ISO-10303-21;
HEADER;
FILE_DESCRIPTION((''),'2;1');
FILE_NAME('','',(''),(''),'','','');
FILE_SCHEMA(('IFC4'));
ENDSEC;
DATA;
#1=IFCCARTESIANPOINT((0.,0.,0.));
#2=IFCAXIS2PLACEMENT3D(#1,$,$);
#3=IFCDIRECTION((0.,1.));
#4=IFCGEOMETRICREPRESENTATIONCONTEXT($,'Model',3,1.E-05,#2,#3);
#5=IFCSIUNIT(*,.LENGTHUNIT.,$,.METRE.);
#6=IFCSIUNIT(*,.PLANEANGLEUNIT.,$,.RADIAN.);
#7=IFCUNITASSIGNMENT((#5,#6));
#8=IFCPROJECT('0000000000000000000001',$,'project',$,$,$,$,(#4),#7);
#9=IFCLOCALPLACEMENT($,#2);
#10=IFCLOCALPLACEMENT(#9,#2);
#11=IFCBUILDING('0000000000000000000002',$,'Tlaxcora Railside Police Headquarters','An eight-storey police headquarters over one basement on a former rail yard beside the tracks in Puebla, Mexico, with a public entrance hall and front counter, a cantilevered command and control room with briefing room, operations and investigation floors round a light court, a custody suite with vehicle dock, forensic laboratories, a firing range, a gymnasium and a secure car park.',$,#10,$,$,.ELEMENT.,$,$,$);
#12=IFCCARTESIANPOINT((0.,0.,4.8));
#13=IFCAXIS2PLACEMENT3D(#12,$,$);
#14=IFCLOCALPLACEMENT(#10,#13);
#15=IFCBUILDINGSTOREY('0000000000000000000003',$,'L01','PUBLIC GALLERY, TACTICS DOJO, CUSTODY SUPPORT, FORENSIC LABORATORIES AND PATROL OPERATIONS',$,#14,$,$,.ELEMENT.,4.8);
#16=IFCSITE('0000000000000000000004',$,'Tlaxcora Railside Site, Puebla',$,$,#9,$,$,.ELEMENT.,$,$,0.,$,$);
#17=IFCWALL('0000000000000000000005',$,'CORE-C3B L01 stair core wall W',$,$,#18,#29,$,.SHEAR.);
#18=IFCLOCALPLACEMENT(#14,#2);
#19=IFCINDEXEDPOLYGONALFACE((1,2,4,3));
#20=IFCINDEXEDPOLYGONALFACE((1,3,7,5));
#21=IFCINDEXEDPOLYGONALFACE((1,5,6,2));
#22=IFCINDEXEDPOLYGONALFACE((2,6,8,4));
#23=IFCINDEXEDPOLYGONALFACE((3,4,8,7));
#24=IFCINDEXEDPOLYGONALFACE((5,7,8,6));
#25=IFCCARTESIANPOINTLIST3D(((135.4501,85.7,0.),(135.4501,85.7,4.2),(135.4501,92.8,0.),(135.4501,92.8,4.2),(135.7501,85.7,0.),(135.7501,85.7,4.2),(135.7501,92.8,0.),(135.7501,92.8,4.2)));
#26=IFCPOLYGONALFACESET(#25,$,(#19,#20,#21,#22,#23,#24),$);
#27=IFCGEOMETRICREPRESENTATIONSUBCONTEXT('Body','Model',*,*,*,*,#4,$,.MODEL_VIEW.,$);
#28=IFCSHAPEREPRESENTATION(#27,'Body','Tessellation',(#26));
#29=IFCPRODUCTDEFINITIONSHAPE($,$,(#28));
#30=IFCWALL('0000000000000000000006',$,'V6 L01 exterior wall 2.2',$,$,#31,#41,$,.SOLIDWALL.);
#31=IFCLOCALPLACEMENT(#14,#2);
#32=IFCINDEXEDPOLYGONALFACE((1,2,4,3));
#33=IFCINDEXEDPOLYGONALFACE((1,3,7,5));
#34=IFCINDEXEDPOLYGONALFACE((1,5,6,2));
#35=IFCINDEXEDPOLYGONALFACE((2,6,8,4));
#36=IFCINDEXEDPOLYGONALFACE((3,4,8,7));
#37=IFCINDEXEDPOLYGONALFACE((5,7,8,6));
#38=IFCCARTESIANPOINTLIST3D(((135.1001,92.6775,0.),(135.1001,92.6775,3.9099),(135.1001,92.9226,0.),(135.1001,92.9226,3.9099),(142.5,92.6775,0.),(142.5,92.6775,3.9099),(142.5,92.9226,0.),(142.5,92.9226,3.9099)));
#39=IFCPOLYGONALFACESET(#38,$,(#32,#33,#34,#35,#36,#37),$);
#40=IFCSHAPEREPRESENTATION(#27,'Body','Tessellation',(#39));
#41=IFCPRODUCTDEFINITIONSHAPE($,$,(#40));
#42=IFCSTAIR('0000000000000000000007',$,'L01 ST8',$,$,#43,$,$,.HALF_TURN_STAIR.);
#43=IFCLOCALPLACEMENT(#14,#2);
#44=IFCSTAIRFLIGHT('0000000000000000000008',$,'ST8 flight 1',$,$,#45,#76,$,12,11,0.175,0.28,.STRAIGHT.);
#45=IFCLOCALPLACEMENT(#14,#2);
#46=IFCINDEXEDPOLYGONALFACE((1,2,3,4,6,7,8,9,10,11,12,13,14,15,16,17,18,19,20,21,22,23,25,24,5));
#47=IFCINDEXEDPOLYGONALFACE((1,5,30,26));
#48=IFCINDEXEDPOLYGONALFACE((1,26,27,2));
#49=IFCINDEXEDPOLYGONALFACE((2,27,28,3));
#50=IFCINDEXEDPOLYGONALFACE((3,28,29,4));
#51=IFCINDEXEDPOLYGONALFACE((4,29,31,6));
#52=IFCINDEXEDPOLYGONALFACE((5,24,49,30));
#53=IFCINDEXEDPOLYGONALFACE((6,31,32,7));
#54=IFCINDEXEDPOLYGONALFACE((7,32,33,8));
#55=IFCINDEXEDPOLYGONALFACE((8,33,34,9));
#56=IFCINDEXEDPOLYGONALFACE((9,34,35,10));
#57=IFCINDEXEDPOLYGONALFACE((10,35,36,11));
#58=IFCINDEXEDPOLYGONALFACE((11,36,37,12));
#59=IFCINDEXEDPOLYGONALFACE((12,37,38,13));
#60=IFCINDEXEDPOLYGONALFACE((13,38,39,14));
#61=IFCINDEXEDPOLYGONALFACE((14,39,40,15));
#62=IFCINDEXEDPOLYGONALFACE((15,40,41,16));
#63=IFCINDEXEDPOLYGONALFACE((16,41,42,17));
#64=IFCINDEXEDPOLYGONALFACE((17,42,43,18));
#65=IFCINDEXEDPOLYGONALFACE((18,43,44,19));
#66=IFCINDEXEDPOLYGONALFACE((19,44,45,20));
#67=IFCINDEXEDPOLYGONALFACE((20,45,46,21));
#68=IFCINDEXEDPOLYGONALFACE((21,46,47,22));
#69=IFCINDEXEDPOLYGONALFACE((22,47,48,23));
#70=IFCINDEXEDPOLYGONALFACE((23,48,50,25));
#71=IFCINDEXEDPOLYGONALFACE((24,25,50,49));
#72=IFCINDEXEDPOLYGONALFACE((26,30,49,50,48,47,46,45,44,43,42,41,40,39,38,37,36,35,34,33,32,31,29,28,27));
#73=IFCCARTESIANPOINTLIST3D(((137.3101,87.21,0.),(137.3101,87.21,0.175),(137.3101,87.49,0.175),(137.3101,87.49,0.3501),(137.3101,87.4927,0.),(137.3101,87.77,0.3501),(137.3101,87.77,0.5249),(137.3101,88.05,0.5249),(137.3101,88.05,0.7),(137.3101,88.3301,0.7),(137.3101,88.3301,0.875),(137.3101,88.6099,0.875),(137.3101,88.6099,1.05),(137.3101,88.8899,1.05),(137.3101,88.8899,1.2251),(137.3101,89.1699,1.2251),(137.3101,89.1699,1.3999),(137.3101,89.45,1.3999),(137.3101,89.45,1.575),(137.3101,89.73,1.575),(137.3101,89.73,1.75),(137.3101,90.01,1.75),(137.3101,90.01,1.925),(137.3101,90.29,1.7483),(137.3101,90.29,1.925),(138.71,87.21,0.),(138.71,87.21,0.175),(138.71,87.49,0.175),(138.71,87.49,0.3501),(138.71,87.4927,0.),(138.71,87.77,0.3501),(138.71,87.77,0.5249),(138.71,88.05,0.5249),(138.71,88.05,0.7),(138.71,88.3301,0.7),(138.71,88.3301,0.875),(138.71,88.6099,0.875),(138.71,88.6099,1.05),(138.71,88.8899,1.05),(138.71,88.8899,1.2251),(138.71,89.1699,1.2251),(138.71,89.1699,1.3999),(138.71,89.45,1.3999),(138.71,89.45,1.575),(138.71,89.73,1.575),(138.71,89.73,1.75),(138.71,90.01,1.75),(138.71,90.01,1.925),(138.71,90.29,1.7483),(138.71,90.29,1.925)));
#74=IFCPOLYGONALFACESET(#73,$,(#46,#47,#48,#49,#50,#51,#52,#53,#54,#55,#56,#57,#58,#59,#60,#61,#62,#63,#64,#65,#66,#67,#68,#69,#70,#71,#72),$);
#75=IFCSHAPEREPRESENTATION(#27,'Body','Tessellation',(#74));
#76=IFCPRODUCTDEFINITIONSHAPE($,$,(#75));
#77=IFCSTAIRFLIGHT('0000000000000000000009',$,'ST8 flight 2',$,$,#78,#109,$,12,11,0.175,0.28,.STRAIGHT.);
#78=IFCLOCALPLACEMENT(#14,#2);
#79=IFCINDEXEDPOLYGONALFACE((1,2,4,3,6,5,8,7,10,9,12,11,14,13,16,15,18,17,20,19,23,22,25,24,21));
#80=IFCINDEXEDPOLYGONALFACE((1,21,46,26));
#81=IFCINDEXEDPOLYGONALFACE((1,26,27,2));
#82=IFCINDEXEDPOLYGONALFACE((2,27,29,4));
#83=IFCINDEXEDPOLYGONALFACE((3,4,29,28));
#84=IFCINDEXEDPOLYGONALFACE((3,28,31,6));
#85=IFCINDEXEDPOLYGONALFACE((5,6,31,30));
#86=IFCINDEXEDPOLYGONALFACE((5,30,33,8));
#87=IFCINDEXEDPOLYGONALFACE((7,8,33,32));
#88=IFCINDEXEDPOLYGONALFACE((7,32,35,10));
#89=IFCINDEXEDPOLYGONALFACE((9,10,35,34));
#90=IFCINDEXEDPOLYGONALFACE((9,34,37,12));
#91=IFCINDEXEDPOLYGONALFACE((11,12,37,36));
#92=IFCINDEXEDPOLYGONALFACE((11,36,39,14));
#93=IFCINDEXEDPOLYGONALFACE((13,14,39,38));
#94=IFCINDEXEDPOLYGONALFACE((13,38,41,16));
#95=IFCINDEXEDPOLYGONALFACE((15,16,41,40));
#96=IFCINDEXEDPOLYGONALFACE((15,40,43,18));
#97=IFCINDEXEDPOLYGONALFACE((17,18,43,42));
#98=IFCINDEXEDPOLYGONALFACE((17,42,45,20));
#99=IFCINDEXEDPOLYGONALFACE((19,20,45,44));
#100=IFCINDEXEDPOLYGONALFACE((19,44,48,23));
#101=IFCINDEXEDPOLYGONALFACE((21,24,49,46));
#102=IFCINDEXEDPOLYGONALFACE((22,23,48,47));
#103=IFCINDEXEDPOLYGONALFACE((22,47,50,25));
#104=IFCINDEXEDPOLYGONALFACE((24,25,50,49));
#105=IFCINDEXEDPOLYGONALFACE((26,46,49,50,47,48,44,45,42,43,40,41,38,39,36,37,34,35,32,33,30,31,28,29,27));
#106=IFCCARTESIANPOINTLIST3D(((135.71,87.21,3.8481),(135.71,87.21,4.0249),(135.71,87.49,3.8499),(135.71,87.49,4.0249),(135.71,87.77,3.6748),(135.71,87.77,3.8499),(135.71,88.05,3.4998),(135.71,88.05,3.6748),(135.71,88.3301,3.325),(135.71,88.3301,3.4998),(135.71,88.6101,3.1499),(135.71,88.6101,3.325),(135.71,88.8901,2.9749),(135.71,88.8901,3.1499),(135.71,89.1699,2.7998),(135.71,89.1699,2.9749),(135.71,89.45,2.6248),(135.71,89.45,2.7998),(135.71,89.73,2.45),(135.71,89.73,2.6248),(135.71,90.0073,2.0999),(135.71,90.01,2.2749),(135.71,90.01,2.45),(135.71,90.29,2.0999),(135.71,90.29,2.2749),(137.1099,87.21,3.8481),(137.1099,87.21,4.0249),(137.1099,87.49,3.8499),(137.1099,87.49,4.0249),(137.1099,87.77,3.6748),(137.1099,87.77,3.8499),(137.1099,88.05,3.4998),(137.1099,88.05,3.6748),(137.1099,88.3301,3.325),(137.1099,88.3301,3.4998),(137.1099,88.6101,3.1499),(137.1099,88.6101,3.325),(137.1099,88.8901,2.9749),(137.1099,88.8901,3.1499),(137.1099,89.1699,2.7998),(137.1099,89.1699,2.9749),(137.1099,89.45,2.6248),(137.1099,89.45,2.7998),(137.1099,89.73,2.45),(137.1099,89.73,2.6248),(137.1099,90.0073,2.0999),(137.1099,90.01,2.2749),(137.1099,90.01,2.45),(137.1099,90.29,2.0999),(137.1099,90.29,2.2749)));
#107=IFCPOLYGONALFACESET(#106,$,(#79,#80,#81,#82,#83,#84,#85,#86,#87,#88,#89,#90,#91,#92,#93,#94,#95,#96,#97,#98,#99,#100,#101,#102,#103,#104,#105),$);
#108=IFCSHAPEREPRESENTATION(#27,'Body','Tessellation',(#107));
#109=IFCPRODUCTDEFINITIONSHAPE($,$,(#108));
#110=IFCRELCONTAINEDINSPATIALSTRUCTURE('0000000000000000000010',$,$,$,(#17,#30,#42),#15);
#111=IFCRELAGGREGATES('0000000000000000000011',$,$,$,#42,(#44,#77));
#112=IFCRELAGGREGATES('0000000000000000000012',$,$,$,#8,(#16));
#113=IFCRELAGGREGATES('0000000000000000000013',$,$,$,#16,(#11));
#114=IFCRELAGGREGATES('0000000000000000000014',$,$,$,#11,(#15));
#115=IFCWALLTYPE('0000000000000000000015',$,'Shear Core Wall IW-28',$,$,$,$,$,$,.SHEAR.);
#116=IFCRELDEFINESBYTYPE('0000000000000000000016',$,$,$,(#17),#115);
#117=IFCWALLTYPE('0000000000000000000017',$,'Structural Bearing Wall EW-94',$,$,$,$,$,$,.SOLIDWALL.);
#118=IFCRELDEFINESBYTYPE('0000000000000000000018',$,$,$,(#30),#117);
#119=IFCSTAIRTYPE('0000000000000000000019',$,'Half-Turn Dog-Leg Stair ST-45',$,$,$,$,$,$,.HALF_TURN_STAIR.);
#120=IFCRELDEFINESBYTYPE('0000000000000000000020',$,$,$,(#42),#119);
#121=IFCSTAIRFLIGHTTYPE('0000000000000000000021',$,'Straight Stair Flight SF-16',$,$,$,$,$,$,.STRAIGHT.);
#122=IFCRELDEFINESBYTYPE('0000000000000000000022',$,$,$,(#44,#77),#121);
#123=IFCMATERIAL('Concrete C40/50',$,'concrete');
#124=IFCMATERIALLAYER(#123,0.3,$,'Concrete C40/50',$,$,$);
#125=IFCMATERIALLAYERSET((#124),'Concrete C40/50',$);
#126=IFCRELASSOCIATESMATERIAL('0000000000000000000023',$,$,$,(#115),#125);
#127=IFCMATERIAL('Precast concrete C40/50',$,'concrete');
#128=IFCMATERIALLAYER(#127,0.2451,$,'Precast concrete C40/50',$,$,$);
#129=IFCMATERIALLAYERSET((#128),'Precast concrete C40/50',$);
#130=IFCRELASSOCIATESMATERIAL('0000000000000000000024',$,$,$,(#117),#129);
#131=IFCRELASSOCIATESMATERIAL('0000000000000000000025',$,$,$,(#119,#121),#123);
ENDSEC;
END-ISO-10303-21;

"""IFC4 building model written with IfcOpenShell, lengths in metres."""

from ifc_helpers import new_model, si_unit, direction, frame, frame_2d, origin, place, context, subcontext, project, spatial, polyline, rectangle, outline, extrude, material, layer, layer_set, type_object, element, aggregate, save


model = new_model("IFC4")

# Units and contexts
model_context = context("Model", 3, precision=1e-05, world=origin(), true_north=direction((0.0, 1.0)))
body_context = subcontext(model_context, "Body", "Model", "MODEL_VIEW")
ifc_project = project(units=[si_unit("LENGTHUNIT", "METRE"), si_unit("PLANEANGLEUNIT", "RADIAN")], contexts=[model_context])

# Site, building, storey
site_placement = place(None, origin())
site = spatial("IfcSite", under=ifc_project, at=site_placement, Name="Tlaxcora Railside Site, Puebla", CompositionType="ELEMENT", RefElevation=0.0)
building_placement = place(site_placement, origin())
building = spatial("IfcBuilding", under=site, at=building_placement, Name="Tlaxcora Railside Police Headquarters", Description="An eight-storey police headquarters over one basement on a former rail yard beside the tracks in Puebla, Mexico, with a public entrance hall and front counter, a cantilevered command and control room with briefing room, operations and investigation floors round a light court, a custody suite with vehicle dock, forensic laboratories, a firing range, a gymnasium and a secure car park.", CompositionType="ELEMENT")
storey_placement = place(building_placement, frame((0.0, 0.0, 4.8)))
storey = spatial("IfcBuildingStorey", under=building, at=storey_placement, Name="L01", Description="PUBLIC GALLERY, TACTICS DOJO, CUSTODY SUPPORT, FORENSIC LABORATORIES AND PATROL OPERATIONS", CompositionType="ELEMENT", Elevation=4.8)

# Shared definitions
ifc_material_1 = material(Name="Concrete C40/50", Category="concrete")

# Shared definitions
ifc_layer_1 = layer(ifc_material_1, 0.3, Name="Concrete C40/50")
ifc_layer_set_1 = layer_set([ifc_layer_1], Name="Concrete C40/50")
wall_type_1 = type_object("IfcWallType", Name="Shear Core Wall IW-28", PredefinedType="SHEAR", material=ifc_layer_set_1)

# Walls
for number, where, z_axis, x_axis, name in (
    (1, (135.6001, 92.8, 0.0), (0.0, 0.0, 1.0), (0.0, -1.0, 0.0), "CORE-C3B L01 stair core wall W"),
):
    element("IfcWall", number, at=place(storey_placement, frame(where, z_axis=z_axis, x_axis=x_axis)), inside=storey, type_object=wall_type_1, Name=name, PredefinedType="SHEAR", context=body_context, shape_type="SweptSolid", body=[
        extrude(rectangle(XDim=7.1001, YDim=0.3, at=frame_2d((3.55, 0.0))), origin(), (0.0, 0.0, 1.0), 4.2),
    ])
ifc_material_2 = material(Name="Precast concrete C40/50", Category="concrete")
ifc_layer_2 = layer(ifc_material_2, 0.2451, Name="Precast concrete C40/50")
ifc_layer_set_2 = layer_set([ifc_layer_2], Name="Precast concrete C40/50")
wall_type_2 = type_object("IfcWallType", Name="Structural Bearing Wall EW-94", PredefinedType="SOLIDWALL", material=ifc_layer_set_2)
wall_1_placement = place(storey_placement, frame((142.5, 92.8, 0.0), z_axis=(0.0, 0.0, 1.0), x_axis=(-1.0, 0.0, 0.0)))
element("IfcWall", 2, at=wall_1_placement, inside=storey, type_object=wall_type_2, Name="V6 L01 exterior wall 2.2", PredefinedType="SOLIDWALL", context=body_context, shape_type="SweptSolid", body=[
    extrude(rectangle(XDim=7.3999, YDim=0.2451, at=frame_2d((3.7, 0.0))), origin(), (0.0, 0.0, 1.0), 3.9099),
])

# Stair, stair flights
stair_type = type_object("IfcStairType", Name="Half-Turn Dog-Leg Stair ST-45", PredefinedType="HALF_TURN_STAIR", material=ifc_material_1)
stair_placement = place(storey_placement, origin())
stair = element("IfcStair", 3, at=stair_placement, inside=storey, type_object=stair_type, Name="L01 ST8", PredefinedType="HALF_TURN_STAIR")
stair_flight_type = type_object("IfcStairFlightType", Name="Straight Stair Flight SF-16", PredefinedType="STRAIGHT", material=ifc_material_1)
stair_flight_1_placement = place(storey_placement, frame((138.01, 87.21, 0.0), z_axis=(0.0, 0.0, 1.0), x_axis=(0.0, 1.0, 0.0)))
stair_flight_1 = element("IfcStairFlight", 4, at=stair_flight_1_placement, type_object=stair_flight_type, Name="ST8 flight 1", NumberOfRisers=12, NumberOfTreads=11, PredefinedType="STRAIGHT", RiserHeight=0.175, TreadLength=0.28, context=body_context, shape_type="SweptSolid", body=[
    extrude(outline(polyline([(0.0, 0.0), (0.0, 0.175), (0.28, 0.175), (0.28, 0.3501), (0.5601, 0.3501), (0.5601, 0.5249), (0.8401, 0.5249), (0.8401, 0.7), (1.1201, 0.7), (1.1201, 0.875), (1.3999, 0.875), (1.3999, 1.05), (1.6799, 1.05), (1.6799, 1.2251), (1.96, 1.2251), (1.96, 1.3999), (2.24, 1.3999), (2.24, 1.575), (2.52, 1.575), (2.52, 1.75), (2.8, 1.75), (2.8, 1.925), (3.0801, 1.925), (3.0801, 2.1001), (3.0801, 1.7483), (0.2827, 0.0), (0.0, 0.0)])), frame((0.0, 0.7, 0.0), z_axis=(0.0, -1.0, 0.0), x_axis=(1.0, 0.0, 0.0)), (0.0, 0.0, 1.0), 1.3999),
])
stair_flight_2_placement = place(storey_placement, frame((136.4099, 90.29, 2.0999), z_axis=(0.0, 0.0, 1.0), x_axis=(0.0, -1.0, 0.0)))
stair_flight_2 = element("IfcStairFlight", 5, at=stair_flight_2_placement, type_object=stair_flight_type, Name="ST8 flight 2", NumberOfRisers=12, NumberOfTreads=11, PredefinedType="STRAIGHT", RiserHeight=0.175, TreadLength=0.28, context=body_context, shape_type="SweptSolid", body=[
    extrude(outline(polyline([(0.0, 0.0), (0.0, 0.175), (0.28, 0.175), (0.28, 0.3501), (0.5601, 0.3501), (0.5601, 0.5249), (0.8401, 0.5249), (0.8401, 0.7), (1.1201, 0.7), (1.1201, 0.875), (1.3999, 0.875), (1.3999, 1.05), (1.6799, 1.05), (1.6799, 1.2251), (1.96, 1.2251), (1.96, 1.3999), (2.24, 1.3999), (2.24, 1.575), (2.52, 1.575), (2.52, 1.75), (2.8, 1.75), (2.8, 1.925), (3.0801, 1.925), (3.0801, 2.1001), (3.0801, 1.7483), (0.2827, 0.0), (0.0, 0.0)])), frame((0.0, 0.7, 0.0), z_axis=(0.0, -1.0, 0.0), x_axis=(1.0, 0.0, 0.0)), (0.0, 0.0, 1.0), 1.3999),
])
aggregate(stair, [stair_flight_1, stair_flight_2])

save(model, "model.ifc")
